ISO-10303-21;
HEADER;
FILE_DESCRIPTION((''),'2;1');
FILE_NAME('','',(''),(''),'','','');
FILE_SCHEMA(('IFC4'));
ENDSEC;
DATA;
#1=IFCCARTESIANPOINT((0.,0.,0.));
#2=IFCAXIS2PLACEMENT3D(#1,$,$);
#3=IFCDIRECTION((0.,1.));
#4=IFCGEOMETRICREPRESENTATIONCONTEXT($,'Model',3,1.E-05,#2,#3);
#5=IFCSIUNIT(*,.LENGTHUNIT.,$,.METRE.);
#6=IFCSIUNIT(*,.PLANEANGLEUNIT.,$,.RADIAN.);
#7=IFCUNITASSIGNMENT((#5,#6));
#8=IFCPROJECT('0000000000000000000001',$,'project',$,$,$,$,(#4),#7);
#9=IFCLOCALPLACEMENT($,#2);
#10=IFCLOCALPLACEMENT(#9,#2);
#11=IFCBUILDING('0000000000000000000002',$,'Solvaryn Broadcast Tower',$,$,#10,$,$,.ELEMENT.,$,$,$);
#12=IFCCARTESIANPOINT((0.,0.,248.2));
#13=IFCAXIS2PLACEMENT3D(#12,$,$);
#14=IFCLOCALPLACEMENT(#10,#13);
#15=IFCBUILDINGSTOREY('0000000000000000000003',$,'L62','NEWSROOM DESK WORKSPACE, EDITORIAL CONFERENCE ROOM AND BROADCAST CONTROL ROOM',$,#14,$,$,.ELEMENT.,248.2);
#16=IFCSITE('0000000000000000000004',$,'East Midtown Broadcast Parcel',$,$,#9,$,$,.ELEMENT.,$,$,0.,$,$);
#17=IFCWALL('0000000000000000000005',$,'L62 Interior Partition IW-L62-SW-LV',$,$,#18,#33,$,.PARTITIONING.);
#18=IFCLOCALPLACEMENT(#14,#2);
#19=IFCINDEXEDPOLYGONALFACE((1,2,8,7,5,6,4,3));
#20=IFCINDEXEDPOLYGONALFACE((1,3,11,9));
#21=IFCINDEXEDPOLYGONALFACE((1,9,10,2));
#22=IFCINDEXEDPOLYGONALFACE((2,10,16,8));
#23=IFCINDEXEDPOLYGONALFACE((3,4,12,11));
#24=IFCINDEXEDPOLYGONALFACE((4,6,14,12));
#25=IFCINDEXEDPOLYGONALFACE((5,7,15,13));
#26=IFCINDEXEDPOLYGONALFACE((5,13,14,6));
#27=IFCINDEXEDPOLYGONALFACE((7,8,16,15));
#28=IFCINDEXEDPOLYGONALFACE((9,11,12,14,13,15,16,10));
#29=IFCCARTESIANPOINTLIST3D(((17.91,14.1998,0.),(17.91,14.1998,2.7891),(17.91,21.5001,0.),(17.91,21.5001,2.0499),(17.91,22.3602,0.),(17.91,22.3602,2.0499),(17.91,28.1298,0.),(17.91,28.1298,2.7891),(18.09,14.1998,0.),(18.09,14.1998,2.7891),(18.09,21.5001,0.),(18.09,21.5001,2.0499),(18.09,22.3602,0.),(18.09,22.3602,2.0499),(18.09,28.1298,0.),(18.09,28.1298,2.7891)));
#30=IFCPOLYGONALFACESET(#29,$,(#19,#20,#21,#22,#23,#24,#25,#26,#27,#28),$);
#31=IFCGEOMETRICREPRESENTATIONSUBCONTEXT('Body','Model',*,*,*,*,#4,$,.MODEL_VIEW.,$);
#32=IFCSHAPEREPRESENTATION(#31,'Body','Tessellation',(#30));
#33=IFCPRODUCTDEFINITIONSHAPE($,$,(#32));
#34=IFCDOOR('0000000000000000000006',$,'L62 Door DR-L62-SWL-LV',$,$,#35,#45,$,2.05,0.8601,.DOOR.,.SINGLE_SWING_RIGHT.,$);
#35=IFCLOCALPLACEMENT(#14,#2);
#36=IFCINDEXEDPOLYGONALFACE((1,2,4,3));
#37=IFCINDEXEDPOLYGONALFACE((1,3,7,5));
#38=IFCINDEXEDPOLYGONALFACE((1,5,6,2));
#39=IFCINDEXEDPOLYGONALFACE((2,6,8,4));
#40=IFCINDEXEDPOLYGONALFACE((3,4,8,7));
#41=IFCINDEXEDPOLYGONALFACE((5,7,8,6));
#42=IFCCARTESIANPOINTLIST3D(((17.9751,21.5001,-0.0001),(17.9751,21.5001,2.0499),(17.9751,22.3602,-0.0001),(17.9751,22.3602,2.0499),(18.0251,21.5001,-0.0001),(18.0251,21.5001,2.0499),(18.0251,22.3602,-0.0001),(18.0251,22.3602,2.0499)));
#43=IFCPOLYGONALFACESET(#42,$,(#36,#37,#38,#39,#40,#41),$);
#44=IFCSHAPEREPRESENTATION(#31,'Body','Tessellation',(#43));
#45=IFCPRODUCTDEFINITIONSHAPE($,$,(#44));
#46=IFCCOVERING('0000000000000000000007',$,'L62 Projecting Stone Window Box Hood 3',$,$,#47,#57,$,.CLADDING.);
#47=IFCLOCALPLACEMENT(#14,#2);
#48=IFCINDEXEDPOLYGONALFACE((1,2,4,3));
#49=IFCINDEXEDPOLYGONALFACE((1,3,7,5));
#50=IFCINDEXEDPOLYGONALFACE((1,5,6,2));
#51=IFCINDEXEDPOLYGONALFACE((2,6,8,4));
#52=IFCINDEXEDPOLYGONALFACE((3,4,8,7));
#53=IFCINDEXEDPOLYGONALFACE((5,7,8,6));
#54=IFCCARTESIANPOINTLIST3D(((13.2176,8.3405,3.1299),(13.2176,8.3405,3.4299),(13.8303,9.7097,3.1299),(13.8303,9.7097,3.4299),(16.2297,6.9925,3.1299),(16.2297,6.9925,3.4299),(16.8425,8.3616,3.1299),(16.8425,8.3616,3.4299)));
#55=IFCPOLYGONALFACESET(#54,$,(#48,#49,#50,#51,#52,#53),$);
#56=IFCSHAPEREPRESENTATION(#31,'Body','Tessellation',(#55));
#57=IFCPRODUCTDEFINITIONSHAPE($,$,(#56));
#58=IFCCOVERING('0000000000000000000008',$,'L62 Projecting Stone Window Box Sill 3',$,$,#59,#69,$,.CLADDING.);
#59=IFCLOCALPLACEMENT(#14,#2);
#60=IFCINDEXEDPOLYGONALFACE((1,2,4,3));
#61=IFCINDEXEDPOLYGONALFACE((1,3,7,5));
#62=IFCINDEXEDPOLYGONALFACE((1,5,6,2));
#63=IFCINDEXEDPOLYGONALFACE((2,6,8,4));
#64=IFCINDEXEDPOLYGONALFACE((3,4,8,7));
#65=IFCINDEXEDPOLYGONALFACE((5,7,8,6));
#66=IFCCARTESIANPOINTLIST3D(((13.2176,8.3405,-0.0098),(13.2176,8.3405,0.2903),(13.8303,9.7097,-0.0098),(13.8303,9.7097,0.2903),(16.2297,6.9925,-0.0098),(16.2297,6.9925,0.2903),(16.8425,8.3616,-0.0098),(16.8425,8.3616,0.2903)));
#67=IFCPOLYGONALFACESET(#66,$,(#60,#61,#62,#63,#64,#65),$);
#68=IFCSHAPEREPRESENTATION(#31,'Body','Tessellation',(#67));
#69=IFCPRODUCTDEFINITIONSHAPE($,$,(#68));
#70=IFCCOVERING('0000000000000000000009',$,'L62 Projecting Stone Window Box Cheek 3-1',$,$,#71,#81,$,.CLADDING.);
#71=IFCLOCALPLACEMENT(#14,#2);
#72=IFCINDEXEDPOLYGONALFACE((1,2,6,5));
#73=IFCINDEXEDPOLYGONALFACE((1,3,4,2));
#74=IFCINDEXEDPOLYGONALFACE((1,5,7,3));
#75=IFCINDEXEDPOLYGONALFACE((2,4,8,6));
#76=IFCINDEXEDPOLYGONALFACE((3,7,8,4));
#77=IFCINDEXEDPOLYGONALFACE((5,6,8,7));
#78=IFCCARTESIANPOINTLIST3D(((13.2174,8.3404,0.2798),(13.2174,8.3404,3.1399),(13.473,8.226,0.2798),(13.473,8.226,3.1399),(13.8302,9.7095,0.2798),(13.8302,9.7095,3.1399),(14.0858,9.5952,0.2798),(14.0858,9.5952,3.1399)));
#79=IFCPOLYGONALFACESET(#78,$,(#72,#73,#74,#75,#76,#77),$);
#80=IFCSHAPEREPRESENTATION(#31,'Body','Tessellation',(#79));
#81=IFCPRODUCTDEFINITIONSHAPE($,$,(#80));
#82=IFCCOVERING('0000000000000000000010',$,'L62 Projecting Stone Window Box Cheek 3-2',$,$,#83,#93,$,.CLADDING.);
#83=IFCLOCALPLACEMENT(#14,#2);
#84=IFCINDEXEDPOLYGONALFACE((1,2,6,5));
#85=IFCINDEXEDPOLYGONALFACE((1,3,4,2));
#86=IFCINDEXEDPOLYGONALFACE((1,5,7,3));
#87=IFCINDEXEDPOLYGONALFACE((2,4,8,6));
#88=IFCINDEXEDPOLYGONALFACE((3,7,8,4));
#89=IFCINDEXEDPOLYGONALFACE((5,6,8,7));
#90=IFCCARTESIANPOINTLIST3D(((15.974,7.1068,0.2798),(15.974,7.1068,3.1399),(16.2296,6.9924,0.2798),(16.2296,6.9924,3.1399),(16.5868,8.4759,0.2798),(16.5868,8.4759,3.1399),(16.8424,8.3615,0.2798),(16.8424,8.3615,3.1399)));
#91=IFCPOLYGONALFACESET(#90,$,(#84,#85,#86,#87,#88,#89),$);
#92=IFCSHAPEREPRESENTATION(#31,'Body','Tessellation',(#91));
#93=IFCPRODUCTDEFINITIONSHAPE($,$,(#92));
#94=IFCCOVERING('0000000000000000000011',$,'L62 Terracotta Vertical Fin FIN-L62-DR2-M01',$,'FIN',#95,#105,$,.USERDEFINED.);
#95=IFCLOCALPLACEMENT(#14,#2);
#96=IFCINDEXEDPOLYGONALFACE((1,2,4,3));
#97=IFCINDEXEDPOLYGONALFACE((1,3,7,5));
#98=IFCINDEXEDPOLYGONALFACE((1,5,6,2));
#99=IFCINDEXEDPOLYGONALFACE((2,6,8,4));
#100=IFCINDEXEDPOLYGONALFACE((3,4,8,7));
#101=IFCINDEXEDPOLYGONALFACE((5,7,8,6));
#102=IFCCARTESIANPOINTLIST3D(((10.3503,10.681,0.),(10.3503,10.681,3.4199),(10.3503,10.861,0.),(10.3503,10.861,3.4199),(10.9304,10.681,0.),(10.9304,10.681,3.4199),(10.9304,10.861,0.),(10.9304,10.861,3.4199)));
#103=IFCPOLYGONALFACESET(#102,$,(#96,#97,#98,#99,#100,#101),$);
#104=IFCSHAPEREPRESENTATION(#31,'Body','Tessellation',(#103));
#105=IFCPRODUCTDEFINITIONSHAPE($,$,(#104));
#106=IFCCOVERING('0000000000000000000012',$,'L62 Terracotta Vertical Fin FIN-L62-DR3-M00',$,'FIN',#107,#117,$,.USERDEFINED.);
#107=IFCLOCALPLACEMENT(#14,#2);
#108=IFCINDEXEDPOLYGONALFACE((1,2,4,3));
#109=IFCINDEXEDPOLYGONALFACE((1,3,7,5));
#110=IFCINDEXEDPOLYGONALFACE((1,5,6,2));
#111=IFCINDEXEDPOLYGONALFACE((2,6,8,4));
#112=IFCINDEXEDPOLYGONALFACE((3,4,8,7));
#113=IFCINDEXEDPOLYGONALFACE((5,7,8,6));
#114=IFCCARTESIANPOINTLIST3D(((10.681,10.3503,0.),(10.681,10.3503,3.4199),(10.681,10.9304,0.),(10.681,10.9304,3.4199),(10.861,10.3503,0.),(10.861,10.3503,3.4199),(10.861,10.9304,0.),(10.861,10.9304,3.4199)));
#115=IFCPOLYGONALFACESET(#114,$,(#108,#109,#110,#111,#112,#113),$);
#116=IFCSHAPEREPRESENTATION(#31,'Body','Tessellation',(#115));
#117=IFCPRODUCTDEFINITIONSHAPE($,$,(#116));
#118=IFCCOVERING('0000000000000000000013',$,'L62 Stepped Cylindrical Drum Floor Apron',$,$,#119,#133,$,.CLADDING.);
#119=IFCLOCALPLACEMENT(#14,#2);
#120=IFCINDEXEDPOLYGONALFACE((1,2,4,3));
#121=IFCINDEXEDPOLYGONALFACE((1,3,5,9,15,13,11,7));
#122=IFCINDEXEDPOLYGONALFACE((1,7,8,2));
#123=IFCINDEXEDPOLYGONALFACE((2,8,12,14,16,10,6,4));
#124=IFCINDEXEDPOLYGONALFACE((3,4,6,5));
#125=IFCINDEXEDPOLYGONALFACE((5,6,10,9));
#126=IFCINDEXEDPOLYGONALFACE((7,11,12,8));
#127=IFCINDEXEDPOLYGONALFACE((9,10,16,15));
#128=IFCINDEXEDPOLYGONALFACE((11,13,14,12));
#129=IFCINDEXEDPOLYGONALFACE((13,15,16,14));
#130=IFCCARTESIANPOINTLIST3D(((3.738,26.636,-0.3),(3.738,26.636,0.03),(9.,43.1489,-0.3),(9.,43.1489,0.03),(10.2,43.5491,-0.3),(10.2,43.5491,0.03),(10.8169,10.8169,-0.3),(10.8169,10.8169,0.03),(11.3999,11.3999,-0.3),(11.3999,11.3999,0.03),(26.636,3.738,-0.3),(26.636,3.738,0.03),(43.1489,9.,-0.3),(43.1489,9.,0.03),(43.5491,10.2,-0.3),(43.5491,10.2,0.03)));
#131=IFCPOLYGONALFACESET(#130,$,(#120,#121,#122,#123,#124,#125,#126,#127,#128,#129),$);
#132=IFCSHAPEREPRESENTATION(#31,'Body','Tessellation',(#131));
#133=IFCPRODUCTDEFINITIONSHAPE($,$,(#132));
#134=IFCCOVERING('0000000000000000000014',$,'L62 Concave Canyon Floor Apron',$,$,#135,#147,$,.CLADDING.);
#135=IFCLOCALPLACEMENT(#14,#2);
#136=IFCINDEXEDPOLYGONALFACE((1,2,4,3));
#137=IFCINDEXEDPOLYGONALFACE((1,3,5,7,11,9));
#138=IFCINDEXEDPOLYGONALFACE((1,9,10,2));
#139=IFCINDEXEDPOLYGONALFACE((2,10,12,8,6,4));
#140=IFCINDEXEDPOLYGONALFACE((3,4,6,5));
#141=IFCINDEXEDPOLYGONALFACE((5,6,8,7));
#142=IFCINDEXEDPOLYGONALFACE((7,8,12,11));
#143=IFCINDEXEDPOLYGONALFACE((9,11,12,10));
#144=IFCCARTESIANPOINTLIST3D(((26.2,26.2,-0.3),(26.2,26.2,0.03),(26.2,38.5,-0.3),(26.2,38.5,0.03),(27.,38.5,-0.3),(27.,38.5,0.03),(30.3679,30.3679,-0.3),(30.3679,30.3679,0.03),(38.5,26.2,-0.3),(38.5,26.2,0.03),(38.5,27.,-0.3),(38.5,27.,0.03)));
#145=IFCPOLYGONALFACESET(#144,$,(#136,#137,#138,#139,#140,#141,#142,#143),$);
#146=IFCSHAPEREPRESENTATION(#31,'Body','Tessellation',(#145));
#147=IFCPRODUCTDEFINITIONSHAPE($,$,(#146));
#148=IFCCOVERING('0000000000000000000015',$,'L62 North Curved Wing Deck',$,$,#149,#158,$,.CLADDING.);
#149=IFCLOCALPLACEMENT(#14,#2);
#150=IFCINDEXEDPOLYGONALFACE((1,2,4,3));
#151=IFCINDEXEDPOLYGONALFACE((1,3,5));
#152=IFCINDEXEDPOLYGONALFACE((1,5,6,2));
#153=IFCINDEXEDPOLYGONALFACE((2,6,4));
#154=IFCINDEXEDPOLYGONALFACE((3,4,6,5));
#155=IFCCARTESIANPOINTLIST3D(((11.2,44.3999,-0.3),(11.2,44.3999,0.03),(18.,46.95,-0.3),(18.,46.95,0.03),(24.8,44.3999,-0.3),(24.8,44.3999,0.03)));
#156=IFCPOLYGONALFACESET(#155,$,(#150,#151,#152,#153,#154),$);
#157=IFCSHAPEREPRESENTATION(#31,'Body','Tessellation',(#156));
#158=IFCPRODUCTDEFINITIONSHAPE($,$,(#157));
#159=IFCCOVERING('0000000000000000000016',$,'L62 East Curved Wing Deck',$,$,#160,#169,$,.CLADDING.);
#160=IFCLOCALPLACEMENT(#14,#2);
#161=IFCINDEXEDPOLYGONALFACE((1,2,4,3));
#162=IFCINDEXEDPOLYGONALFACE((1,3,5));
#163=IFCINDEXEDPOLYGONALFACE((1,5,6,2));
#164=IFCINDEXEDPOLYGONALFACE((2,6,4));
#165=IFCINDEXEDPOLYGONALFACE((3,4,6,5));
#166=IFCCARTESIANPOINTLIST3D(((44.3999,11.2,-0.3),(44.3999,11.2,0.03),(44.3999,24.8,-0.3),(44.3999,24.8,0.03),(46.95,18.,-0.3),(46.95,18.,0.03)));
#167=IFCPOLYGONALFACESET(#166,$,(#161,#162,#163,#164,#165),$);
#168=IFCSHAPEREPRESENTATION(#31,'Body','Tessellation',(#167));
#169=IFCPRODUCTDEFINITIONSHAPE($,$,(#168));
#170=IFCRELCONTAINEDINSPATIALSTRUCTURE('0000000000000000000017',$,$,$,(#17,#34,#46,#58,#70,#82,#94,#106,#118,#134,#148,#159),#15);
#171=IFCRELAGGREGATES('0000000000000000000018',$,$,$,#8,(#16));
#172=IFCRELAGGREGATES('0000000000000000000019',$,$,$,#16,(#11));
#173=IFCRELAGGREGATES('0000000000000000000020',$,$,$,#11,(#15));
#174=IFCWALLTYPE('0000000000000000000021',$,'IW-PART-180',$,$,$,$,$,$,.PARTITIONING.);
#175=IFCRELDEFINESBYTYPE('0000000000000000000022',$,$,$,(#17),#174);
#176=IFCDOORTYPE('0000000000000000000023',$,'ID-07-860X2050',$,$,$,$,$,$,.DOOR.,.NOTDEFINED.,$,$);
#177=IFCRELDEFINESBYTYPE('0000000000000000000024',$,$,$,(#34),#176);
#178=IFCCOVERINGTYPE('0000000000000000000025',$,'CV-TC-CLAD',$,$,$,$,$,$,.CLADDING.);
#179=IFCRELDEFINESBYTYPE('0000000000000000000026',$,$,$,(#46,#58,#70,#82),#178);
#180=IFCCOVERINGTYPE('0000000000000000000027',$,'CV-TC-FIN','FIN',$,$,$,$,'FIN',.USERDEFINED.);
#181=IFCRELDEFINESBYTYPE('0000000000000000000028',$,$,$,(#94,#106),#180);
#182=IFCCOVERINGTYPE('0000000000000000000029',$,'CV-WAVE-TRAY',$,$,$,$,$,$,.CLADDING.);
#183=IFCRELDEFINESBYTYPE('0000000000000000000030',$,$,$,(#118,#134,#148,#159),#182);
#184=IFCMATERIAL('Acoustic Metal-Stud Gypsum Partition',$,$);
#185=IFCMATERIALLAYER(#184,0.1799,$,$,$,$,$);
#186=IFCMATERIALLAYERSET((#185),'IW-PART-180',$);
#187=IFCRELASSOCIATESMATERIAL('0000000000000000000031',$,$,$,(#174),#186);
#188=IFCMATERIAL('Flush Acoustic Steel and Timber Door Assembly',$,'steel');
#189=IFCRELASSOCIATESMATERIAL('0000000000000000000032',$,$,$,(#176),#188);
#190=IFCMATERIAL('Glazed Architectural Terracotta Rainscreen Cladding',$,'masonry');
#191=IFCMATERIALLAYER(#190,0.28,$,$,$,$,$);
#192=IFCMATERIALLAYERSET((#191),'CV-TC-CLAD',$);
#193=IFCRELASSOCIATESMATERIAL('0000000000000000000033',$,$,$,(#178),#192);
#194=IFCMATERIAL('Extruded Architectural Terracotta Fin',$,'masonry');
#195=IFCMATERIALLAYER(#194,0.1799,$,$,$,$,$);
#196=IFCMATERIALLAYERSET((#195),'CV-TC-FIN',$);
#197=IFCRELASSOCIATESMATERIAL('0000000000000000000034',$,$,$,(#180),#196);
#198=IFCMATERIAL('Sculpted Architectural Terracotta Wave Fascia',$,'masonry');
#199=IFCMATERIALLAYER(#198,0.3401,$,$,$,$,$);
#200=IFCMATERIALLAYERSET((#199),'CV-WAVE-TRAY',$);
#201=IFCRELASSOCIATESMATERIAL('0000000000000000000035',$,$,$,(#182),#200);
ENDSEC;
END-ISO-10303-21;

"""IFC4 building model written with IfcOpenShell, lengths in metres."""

from ifc_helpers import new_model, si_unit, direction, frame, frame_2d, origin, origin_2d, place, context, subcontext, project, spatial, polyline, rectangle, outline, extrude, material, layer, layer_set, type_object, element, fill, save


model = new_model("IFC4")

# Units and contexts
model_context = context("Model", 3, precision=1e-05, world=origin(), true_north=direction((0.0, 1.0)))
body_context = subcontext(model_context, "Body", "Model", "MODEL_VIEW")
ifc_project = project(units=[si_unit("LENGTHUNIT", "METRE"), si_unit("PLANEANGLEUNIT", "RADIAN")], contexts=[model_context])

# Site, building, storey
site_placement = place(None, origin())
site = spatial("IfcSite", under=ifc_project, at=site_placement, Name="East Midtown Broadcast Parcel", CompositionType="ELEMENT", RefElevation=0.0)
building_placement = place(site_placement, origin())
building = spatial("IfcBuilding", under=site, at=building_placement, Name="Solvaryn Broadcast Tower", CompositionType="ELEMENT")
storey_placement = place(building_placement, frame((0.0, 0.0, 248.2)))
storey = spatial("IfcBuildingStorey", under=building, at=storey_placement, Name="L62", Description="NEWSROOM DESK WORKSPACE, EDITORIAL CONFERENCE ROOM AND BROADCAST CONTROL ROOM", CompositionType="ELEMENT", Elevation=248.2)

# Wall, opening, door
ifc_material_1 = material(Name="Acoustic Metal-Stud Gypsum Partition")
ifc_layer_1 = layer(ifc_material_1, 0.1799)
ifc_layer_set_1 = layer_set([ifc_layer_1], Name="IW-PART-180")
wall_type_1 = type_object("IfcWallType", Name="IW-PART-180", PredefinedType="PARTITIONING", material=ifc_layer_set_1)
wall_1_placement = place(storey_placement, frame((18.0, 14.2, 0.0), z_axis=(0.0, 0.0, 1.0), x_axis=(0.0, 1.0, 0.0)))
wall_1 = element("IfcWall", 1, at=wall_1_placement, inside=storey, type_object=wall_type_1, Name="L62 Interior Partition IW-L62-SW-LV", PredefinedType="PARTITIONING", context=body_context, shape_type="SweptSolid", body=[
    extrude(rectangle(XDim=13.9299, YDim=0.1799, at=frame_2d((6.9648, 0.0))), origin(), (0.0, 0.0, 1.0), 2.7891),
])
opening_1_placement = place(wall_1_placement, frame((7.3, 0.0, 0.0)))
opening_1 = element("IfcOpeningElement", 2, at=opening_1_placement, cuts=wall_1, PredefinedType="OPENING", context=body_context, shape_type="SweptSolid", body=[
    extrude(rectangle(XDim=0.8601, YDim=2.05, at=frame_2d((0.4302, 1.0249))), frame((0.0, 0.0999, 0.0), z_axis=(0.0, -1.0, 0.0), x_axis=(1.0, 0.0, 0.0)), (0.0, 0.0, 1.0), 0.2),
])
ifc_material_2 = material(Name="Flush Acoustic Steel and Timber Door Assembly", Category="steel")
door_type_1 = type_object("IfcDoorType", Name="ID-07-860X2050", OperationType="NOTDEFINED", PredefinedType="DOOR", material=ifc_material_2)
door_1_placement = place(opening_1_placement, origin())
door_1 = element("IfcDoor", 3, at=door_1_placement, inside=storey, type_object=door_type_1, Name="L62 Door DR-L62-SWL-LV", OperationType="SINGLE_SWING_RIGHT", OverallHeight=2.05, OverallWidth=0.8601, PredefinedType="DOOR", context=body_context, shape_type="SweptSolid", body=[
    extrude(rectangle(XDim=0.8601, YDim=2.05, at=frame_2d((0.4302, 1.0249))), frame((0.0, 0.0249, 0.0), z_axis=(0.0, -1.0, 0.0), x_axis=(1.0, 0.0, 0.0)), (0.0, 0.0, 1.0), 0.05),
])
fill(opening_1, door_1)

# Coverings
ifc_material_3 = material(Name="Glazed Architectural Terracotta Rainscreen Cladding", Category="masonry")
ifc_layer_2 = layer(ifc_material_3, 0.28)
ifc_layer_set_2 = layer_set([ifc_layer_2], Name="CV-TC-CLAD")
covering_type_1 = type_object("IfcCoveringType", Name="CV-TC-CLAD", PredefinedType="CLADDING", material=ifc_layer_set_2)
for number, where, z_axis, x_axis, name in (
    (4, (15.03, 8.3511, 3.1299), (0.0, 0.0, 1.0), (0.912763, -0.40849, 0.0), "L62 Projecting Stone Window Box Hood 3"),
    (5, (15.03, 8.3511, -0.0098), (0.0, 0.0, 1.0), (0.912763, -0.40849, 0.0), "L62 Projecting Stone Window Box Sill 3"),
):
    element("IfcCovering", number, at=place(storey_placement, frame(where, z_axis=z_axis, x_axis=x_axis)), inside=storey, type_object=covering_type_1, Name=name, PredefinedType="CLADDING", context=body_context, shape_type="SweptSolid", body=[
        extrude(rectangle(XDim=3.3, YDim=1.5, at=origin_2d()), origin(), (0.0, 0.0, 1.0), 0.3),
    ])
for number, where, z_axis, x_axis, name in (
    (6, (13.6516, 8.9678, 0.2798), (0.0, 0.0, 1.0), (0.912763, -0.40849, 0.0), "L62 Projecting Stone Window Box Cheek 3-1"),
    (7, (16.4082, 7.7341, 0.2798), (0.0, 0.0, 1.0), (0.912763, -0.40849, 0.0), "L62 Projecting Stone Window Box Cheek 3-2"),
):
    element("IfcCovering", number, at=place(storey_placement, frame(where, z_axis=z_axis, x_axis=x_axis)), inside=storey, type_object=covering_type_1, Name=name, PredefinedType="CLADDING", context=body_context, shape_type="SweptSolid", body=[
        extrude(rectangle(XDim=0.28, YDim=1.5, at=origin_2d()), origin(), (0.0, 0.0, 1.0), 2.8601),
    ])
ifc_material_4 = material(Name="Extruded Architectural Terracotta Fin", Category="masonry")
ifc_layer_3 = layer(ifc_material_4, 0.1799)
ifc_layer_set_3 = layer_set([ifc_layer_3], Name="CV-TC-FIN")
covering_type_2 = type_object("IfcCoveringType", Name="CV-TC-FIN", Description="FIN", ElementType="FIN", PredefinedType="USERDEFINED", material=ifc_layer_set_3)
covering_1_placement = place(storey_placement, frame((10.6404, 10.771, 0.0), z_axis=(0.0, 0.0, 1.0), x_axis=(1.0, 0.0, 0.0)))
element("IfcCovering", 8, at=covering_1_placement, inside=storey, type_object=covering_type_2, Name="L62 Terracotta Vertical Fin FIN-L62-DR2-M01", ObjectType="FIN", PredefinedType="USERDEFINED", context=body_context, shape_type="SweptSolid", body=[
    extrude(rectangle(XDim=0.5801, YDim=0.1799, at=origin_2d()), origin(), (0.0, 0.0, 1.0), 3.4199),
])
covering_2_placement = place(storey_placement, frame((10.771, 10.6404, 0.0), z_axis=(0.0, 0.0, 1.0), x_axis=(1.0, 0.0, 0.0)))
element("IfcCovering", 9, at=covering_2_placement, inside=storey, type_object=covering_type_2, Name="L62 Terracotta Vertical Fin FIN-L62-DR3-M00", ObjectType="FIN", PredefinedType="USERDEFINED", context=body_context, shape_type="SweptSolid", body=[
    extrude(rectangle(XDim=0.1799, YDim=0.5801, at=origin_2d()), origin(), (0.0, 0.0, 1.0), 3.4199),
])
ifc_material_5 = material(Name="Sculpted Architectural Terracotta Wave Fascia", Category="masonry")
ifc_layer_4 = layer(ifc_material_5, 0.3401)
ifc_layer_set_4 = layer_set([ifc_layer_4], Name="CV-WAVE-TRAY")
covering_type_3 = type_object("IfcCoveringType", Name="CV-WAVE-TRAY", PredefinedType="CLADDING", material=ifc_layer_set_4)
covering_3_placement = place(storey_placement, frame((0.0, 0.0, -0.3)))
element("IfcCovering", 10, at=covering_3_placement, inside=storey, type_object=covering_type_3, Name="L62 Stepped Cylindrical Drum Floor Apron", PredefinedType="CLADDING", context=body_context, shape_type="SweptSolid", body=[
    extrude(outline(polyline([(10.2, 43.5491), (9.0, 43.1489), (3.738, 26.636), (10.8169, 10.8169), (26.636, 3.738), (43.1489, 9.0), (43.1489, 9.0), (43.5491, 10.2), (11.3999, 11.3999), (10.2, 43.5491)])), origin(), (0.0, 0.0, 1.0), 0.3301),
])
covering_4_placement = place(storey_placement, frame((0.0, 0.0, -0.3)))
element("IfcCovering", 11, at=covering_4_placement, inside=storey, type_object=covering_type_3, Name="L62 Concave Canyon Floor Apron", PredefinedType="CLADDING", context=body_context, shape_type="SweptSolid", body=[
    extrude(outline(polyline([(26.2, 26.2), (38.5, 26.2), (38.5, 27.0), (30.3679, 30.3679), (27.0, 38.5), (26.2, 38.5), (26.2, 26.2)])), origin(), (0.0, 0.0, 1.0), 0.3301),
])
covering_5_placement = place(storey_placement, frame((0.0, 0.0, -0.3)))
element("IfcCovering", 12, at=covering_5_placement, inside=storey, type_object=covering_type_3, Name="L62 North Curved Wing Deck", PredefinedType="CLADDING", context=body_context, shape_type="SweptSolid", body=[
    extrude(outline(polyline([(11.2, 44.3999), (24.8, 44.3999), (18.0, 46.95), (11.2, 44.3999)])), origin(), (0.0, 0.0, 1.0), 0.3301),
])
covering_6_placement = place(storey_placement, frame((0.0, 0.0, -0.3)))
element("IfcCovering", 13, at=covering_6_placement, inside=storey, type_object=covering_type_3, Name="L62 East Curved Wing Deck", PredefinedType="CLADDING", context=body_context, shape_type="SweptSolid", body=[
    extrude(outline(polyline([(44.3999, 11.2), (46.95, 18.0), (44.3999, 24.8), (44.3999, 11.2)])), origin(), (0.0, 0.0, 1.0), 0.3301),
])

save(model, "model.ifc")
